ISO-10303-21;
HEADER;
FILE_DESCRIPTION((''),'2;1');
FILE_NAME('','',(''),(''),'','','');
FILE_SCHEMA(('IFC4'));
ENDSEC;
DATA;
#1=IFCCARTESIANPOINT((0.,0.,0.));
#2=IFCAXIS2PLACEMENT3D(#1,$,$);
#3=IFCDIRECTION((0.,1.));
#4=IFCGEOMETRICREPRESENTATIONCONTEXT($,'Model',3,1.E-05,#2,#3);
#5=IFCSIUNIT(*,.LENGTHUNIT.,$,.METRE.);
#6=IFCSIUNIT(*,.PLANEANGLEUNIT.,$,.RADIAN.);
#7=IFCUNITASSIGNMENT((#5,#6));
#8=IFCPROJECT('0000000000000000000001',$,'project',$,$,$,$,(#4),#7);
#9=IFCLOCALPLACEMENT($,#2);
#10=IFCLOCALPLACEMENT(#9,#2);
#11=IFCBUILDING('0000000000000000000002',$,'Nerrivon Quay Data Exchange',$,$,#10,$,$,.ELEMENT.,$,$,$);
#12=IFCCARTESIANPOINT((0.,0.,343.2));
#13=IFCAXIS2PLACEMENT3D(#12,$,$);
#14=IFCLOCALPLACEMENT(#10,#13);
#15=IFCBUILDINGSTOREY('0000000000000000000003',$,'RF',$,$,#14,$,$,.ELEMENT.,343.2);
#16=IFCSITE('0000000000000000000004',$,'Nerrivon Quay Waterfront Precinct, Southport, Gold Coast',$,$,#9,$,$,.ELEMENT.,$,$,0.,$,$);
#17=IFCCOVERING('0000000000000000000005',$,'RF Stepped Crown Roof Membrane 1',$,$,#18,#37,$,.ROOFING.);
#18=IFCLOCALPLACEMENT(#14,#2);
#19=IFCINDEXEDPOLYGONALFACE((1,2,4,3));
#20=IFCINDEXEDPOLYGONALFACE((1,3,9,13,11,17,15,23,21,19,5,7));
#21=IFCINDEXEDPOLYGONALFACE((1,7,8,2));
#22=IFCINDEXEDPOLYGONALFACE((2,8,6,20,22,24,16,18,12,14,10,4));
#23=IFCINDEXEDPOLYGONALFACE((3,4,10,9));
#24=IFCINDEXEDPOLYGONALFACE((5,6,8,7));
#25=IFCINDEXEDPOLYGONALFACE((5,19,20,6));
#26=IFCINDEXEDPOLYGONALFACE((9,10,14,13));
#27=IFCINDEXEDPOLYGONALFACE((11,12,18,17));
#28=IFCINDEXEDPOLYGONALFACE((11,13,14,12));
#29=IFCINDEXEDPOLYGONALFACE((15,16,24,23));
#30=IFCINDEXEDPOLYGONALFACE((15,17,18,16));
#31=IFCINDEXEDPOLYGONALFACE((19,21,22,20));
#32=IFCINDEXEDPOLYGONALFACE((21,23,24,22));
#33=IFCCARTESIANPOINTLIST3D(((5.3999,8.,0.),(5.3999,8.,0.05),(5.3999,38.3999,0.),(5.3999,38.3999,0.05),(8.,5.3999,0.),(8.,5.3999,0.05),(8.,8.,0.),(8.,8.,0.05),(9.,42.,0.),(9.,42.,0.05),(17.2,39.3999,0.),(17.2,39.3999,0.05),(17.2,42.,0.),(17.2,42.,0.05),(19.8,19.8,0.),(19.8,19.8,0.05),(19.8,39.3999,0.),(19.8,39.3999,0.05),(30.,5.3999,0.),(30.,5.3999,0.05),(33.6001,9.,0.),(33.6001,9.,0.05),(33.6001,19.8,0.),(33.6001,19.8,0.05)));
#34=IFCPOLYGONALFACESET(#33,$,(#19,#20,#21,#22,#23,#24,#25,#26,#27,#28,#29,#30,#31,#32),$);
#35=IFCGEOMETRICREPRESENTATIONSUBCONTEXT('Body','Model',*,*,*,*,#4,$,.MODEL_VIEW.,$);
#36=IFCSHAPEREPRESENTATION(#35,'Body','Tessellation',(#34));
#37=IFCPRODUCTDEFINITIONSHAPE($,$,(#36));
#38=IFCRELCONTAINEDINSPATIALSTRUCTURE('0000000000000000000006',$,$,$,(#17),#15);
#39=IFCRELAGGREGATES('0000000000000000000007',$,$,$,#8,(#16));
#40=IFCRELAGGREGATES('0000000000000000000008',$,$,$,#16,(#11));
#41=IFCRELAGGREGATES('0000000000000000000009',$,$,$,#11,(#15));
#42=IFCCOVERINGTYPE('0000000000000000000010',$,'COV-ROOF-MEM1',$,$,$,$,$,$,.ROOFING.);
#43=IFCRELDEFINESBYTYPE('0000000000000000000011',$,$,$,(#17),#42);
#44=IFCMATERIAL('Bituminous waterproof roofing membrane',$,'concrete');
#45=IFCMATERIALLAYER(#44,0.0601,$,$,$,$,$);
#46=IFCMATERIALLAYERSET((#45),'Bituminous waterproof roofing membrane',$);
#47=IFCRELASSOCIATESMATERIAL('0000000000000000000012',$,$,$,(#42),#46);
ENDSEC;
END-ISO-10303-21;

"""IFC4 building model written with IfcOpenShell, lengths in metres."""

from ifc_helpers import new_model, si_unit, direction, frame, origin, place, context, subcontext, project, spatial, polyline, outline, extrude, material, layer, layer_set, type_object, element, save


model = new_model("IFC4")

# Units and contexts
model_context = context("Model", 3, precision=1e-05, world=origin(), true_north=direction((0.0, 1.0)))
body_context = subcontext(model_context, "Body", "Model", "MODEL_VIEW")
ifc_project = project(units=[si_unit("LENGTHUNIT", "METRE"), si_unit("PLANEANGLEUNIT", "RADIAN")], contexts=[model_context])

# Site, building, storey
site_placement = place(None, origin())
site = spatial("IfcSite", under=ifc_project, at=site_placement, Name="Nerrivon Quay Waterfront Precinct, Southport, Gold Coast", CompositionType="ELEMENT", RefElevation=0.0)
building_placement = place(site_placement, origin())
building = spatial("IfcBuilding", under=site, at=building_placement, Name="Nerrivon Quay Data Exchange", CompositionType="ELEMENT")
storey_placement = place(building_placement, frame((0.0, 0.0, 343.2)))
storey = spatial("IfcBuildingStorey", under=building, at=storey_placement, Name="RF", CompositionType="ELEMENT", Elevation=343.2)

# Covering
ifc_material_1 = material(Name="Bituminous waterproof roofing membrane", Category="concrete")
ifc_layer_1 = layer(ifc_material_1, 0.0601)
ifc_layer_set_1 = layer_set([ifc_layer_1], Name="Bituminous waterproof roofing membrane")
covering_type = type_object("IfcCoveringType", Name="COV-ROOF-MEM1", PredefinedType="ROOFING", material=ifc_layer_set_1)
covering_1_placement = place(storey_placement, origin())
element("IfcCovering", 1, at=covering_1_placement, inside=storey, type_object=covering_type, Name="RF Stepped Crown Roof Membrane 1", PredefinedType="ROOFING", context=body_context, shape_type="SweptSolid", body=[
    extrude(outline(polyline([(33.6001, 19.8), (19.8, 19.8), (19.8, 39.3999), (17.2, 39.3999), (17.2, 42.0), (9.0, 42.0), (5.3999, 38.3999), (5.3999, 8.0), (8.0, 8.0), (8.0, 5.3999), (30.0, 5.3999), (33.6001, 9.0), (33.6001, 19.8)])), origin(), (0.0, 0.0, 1.0), 0.05),
])

save(model, "model.ifc")
